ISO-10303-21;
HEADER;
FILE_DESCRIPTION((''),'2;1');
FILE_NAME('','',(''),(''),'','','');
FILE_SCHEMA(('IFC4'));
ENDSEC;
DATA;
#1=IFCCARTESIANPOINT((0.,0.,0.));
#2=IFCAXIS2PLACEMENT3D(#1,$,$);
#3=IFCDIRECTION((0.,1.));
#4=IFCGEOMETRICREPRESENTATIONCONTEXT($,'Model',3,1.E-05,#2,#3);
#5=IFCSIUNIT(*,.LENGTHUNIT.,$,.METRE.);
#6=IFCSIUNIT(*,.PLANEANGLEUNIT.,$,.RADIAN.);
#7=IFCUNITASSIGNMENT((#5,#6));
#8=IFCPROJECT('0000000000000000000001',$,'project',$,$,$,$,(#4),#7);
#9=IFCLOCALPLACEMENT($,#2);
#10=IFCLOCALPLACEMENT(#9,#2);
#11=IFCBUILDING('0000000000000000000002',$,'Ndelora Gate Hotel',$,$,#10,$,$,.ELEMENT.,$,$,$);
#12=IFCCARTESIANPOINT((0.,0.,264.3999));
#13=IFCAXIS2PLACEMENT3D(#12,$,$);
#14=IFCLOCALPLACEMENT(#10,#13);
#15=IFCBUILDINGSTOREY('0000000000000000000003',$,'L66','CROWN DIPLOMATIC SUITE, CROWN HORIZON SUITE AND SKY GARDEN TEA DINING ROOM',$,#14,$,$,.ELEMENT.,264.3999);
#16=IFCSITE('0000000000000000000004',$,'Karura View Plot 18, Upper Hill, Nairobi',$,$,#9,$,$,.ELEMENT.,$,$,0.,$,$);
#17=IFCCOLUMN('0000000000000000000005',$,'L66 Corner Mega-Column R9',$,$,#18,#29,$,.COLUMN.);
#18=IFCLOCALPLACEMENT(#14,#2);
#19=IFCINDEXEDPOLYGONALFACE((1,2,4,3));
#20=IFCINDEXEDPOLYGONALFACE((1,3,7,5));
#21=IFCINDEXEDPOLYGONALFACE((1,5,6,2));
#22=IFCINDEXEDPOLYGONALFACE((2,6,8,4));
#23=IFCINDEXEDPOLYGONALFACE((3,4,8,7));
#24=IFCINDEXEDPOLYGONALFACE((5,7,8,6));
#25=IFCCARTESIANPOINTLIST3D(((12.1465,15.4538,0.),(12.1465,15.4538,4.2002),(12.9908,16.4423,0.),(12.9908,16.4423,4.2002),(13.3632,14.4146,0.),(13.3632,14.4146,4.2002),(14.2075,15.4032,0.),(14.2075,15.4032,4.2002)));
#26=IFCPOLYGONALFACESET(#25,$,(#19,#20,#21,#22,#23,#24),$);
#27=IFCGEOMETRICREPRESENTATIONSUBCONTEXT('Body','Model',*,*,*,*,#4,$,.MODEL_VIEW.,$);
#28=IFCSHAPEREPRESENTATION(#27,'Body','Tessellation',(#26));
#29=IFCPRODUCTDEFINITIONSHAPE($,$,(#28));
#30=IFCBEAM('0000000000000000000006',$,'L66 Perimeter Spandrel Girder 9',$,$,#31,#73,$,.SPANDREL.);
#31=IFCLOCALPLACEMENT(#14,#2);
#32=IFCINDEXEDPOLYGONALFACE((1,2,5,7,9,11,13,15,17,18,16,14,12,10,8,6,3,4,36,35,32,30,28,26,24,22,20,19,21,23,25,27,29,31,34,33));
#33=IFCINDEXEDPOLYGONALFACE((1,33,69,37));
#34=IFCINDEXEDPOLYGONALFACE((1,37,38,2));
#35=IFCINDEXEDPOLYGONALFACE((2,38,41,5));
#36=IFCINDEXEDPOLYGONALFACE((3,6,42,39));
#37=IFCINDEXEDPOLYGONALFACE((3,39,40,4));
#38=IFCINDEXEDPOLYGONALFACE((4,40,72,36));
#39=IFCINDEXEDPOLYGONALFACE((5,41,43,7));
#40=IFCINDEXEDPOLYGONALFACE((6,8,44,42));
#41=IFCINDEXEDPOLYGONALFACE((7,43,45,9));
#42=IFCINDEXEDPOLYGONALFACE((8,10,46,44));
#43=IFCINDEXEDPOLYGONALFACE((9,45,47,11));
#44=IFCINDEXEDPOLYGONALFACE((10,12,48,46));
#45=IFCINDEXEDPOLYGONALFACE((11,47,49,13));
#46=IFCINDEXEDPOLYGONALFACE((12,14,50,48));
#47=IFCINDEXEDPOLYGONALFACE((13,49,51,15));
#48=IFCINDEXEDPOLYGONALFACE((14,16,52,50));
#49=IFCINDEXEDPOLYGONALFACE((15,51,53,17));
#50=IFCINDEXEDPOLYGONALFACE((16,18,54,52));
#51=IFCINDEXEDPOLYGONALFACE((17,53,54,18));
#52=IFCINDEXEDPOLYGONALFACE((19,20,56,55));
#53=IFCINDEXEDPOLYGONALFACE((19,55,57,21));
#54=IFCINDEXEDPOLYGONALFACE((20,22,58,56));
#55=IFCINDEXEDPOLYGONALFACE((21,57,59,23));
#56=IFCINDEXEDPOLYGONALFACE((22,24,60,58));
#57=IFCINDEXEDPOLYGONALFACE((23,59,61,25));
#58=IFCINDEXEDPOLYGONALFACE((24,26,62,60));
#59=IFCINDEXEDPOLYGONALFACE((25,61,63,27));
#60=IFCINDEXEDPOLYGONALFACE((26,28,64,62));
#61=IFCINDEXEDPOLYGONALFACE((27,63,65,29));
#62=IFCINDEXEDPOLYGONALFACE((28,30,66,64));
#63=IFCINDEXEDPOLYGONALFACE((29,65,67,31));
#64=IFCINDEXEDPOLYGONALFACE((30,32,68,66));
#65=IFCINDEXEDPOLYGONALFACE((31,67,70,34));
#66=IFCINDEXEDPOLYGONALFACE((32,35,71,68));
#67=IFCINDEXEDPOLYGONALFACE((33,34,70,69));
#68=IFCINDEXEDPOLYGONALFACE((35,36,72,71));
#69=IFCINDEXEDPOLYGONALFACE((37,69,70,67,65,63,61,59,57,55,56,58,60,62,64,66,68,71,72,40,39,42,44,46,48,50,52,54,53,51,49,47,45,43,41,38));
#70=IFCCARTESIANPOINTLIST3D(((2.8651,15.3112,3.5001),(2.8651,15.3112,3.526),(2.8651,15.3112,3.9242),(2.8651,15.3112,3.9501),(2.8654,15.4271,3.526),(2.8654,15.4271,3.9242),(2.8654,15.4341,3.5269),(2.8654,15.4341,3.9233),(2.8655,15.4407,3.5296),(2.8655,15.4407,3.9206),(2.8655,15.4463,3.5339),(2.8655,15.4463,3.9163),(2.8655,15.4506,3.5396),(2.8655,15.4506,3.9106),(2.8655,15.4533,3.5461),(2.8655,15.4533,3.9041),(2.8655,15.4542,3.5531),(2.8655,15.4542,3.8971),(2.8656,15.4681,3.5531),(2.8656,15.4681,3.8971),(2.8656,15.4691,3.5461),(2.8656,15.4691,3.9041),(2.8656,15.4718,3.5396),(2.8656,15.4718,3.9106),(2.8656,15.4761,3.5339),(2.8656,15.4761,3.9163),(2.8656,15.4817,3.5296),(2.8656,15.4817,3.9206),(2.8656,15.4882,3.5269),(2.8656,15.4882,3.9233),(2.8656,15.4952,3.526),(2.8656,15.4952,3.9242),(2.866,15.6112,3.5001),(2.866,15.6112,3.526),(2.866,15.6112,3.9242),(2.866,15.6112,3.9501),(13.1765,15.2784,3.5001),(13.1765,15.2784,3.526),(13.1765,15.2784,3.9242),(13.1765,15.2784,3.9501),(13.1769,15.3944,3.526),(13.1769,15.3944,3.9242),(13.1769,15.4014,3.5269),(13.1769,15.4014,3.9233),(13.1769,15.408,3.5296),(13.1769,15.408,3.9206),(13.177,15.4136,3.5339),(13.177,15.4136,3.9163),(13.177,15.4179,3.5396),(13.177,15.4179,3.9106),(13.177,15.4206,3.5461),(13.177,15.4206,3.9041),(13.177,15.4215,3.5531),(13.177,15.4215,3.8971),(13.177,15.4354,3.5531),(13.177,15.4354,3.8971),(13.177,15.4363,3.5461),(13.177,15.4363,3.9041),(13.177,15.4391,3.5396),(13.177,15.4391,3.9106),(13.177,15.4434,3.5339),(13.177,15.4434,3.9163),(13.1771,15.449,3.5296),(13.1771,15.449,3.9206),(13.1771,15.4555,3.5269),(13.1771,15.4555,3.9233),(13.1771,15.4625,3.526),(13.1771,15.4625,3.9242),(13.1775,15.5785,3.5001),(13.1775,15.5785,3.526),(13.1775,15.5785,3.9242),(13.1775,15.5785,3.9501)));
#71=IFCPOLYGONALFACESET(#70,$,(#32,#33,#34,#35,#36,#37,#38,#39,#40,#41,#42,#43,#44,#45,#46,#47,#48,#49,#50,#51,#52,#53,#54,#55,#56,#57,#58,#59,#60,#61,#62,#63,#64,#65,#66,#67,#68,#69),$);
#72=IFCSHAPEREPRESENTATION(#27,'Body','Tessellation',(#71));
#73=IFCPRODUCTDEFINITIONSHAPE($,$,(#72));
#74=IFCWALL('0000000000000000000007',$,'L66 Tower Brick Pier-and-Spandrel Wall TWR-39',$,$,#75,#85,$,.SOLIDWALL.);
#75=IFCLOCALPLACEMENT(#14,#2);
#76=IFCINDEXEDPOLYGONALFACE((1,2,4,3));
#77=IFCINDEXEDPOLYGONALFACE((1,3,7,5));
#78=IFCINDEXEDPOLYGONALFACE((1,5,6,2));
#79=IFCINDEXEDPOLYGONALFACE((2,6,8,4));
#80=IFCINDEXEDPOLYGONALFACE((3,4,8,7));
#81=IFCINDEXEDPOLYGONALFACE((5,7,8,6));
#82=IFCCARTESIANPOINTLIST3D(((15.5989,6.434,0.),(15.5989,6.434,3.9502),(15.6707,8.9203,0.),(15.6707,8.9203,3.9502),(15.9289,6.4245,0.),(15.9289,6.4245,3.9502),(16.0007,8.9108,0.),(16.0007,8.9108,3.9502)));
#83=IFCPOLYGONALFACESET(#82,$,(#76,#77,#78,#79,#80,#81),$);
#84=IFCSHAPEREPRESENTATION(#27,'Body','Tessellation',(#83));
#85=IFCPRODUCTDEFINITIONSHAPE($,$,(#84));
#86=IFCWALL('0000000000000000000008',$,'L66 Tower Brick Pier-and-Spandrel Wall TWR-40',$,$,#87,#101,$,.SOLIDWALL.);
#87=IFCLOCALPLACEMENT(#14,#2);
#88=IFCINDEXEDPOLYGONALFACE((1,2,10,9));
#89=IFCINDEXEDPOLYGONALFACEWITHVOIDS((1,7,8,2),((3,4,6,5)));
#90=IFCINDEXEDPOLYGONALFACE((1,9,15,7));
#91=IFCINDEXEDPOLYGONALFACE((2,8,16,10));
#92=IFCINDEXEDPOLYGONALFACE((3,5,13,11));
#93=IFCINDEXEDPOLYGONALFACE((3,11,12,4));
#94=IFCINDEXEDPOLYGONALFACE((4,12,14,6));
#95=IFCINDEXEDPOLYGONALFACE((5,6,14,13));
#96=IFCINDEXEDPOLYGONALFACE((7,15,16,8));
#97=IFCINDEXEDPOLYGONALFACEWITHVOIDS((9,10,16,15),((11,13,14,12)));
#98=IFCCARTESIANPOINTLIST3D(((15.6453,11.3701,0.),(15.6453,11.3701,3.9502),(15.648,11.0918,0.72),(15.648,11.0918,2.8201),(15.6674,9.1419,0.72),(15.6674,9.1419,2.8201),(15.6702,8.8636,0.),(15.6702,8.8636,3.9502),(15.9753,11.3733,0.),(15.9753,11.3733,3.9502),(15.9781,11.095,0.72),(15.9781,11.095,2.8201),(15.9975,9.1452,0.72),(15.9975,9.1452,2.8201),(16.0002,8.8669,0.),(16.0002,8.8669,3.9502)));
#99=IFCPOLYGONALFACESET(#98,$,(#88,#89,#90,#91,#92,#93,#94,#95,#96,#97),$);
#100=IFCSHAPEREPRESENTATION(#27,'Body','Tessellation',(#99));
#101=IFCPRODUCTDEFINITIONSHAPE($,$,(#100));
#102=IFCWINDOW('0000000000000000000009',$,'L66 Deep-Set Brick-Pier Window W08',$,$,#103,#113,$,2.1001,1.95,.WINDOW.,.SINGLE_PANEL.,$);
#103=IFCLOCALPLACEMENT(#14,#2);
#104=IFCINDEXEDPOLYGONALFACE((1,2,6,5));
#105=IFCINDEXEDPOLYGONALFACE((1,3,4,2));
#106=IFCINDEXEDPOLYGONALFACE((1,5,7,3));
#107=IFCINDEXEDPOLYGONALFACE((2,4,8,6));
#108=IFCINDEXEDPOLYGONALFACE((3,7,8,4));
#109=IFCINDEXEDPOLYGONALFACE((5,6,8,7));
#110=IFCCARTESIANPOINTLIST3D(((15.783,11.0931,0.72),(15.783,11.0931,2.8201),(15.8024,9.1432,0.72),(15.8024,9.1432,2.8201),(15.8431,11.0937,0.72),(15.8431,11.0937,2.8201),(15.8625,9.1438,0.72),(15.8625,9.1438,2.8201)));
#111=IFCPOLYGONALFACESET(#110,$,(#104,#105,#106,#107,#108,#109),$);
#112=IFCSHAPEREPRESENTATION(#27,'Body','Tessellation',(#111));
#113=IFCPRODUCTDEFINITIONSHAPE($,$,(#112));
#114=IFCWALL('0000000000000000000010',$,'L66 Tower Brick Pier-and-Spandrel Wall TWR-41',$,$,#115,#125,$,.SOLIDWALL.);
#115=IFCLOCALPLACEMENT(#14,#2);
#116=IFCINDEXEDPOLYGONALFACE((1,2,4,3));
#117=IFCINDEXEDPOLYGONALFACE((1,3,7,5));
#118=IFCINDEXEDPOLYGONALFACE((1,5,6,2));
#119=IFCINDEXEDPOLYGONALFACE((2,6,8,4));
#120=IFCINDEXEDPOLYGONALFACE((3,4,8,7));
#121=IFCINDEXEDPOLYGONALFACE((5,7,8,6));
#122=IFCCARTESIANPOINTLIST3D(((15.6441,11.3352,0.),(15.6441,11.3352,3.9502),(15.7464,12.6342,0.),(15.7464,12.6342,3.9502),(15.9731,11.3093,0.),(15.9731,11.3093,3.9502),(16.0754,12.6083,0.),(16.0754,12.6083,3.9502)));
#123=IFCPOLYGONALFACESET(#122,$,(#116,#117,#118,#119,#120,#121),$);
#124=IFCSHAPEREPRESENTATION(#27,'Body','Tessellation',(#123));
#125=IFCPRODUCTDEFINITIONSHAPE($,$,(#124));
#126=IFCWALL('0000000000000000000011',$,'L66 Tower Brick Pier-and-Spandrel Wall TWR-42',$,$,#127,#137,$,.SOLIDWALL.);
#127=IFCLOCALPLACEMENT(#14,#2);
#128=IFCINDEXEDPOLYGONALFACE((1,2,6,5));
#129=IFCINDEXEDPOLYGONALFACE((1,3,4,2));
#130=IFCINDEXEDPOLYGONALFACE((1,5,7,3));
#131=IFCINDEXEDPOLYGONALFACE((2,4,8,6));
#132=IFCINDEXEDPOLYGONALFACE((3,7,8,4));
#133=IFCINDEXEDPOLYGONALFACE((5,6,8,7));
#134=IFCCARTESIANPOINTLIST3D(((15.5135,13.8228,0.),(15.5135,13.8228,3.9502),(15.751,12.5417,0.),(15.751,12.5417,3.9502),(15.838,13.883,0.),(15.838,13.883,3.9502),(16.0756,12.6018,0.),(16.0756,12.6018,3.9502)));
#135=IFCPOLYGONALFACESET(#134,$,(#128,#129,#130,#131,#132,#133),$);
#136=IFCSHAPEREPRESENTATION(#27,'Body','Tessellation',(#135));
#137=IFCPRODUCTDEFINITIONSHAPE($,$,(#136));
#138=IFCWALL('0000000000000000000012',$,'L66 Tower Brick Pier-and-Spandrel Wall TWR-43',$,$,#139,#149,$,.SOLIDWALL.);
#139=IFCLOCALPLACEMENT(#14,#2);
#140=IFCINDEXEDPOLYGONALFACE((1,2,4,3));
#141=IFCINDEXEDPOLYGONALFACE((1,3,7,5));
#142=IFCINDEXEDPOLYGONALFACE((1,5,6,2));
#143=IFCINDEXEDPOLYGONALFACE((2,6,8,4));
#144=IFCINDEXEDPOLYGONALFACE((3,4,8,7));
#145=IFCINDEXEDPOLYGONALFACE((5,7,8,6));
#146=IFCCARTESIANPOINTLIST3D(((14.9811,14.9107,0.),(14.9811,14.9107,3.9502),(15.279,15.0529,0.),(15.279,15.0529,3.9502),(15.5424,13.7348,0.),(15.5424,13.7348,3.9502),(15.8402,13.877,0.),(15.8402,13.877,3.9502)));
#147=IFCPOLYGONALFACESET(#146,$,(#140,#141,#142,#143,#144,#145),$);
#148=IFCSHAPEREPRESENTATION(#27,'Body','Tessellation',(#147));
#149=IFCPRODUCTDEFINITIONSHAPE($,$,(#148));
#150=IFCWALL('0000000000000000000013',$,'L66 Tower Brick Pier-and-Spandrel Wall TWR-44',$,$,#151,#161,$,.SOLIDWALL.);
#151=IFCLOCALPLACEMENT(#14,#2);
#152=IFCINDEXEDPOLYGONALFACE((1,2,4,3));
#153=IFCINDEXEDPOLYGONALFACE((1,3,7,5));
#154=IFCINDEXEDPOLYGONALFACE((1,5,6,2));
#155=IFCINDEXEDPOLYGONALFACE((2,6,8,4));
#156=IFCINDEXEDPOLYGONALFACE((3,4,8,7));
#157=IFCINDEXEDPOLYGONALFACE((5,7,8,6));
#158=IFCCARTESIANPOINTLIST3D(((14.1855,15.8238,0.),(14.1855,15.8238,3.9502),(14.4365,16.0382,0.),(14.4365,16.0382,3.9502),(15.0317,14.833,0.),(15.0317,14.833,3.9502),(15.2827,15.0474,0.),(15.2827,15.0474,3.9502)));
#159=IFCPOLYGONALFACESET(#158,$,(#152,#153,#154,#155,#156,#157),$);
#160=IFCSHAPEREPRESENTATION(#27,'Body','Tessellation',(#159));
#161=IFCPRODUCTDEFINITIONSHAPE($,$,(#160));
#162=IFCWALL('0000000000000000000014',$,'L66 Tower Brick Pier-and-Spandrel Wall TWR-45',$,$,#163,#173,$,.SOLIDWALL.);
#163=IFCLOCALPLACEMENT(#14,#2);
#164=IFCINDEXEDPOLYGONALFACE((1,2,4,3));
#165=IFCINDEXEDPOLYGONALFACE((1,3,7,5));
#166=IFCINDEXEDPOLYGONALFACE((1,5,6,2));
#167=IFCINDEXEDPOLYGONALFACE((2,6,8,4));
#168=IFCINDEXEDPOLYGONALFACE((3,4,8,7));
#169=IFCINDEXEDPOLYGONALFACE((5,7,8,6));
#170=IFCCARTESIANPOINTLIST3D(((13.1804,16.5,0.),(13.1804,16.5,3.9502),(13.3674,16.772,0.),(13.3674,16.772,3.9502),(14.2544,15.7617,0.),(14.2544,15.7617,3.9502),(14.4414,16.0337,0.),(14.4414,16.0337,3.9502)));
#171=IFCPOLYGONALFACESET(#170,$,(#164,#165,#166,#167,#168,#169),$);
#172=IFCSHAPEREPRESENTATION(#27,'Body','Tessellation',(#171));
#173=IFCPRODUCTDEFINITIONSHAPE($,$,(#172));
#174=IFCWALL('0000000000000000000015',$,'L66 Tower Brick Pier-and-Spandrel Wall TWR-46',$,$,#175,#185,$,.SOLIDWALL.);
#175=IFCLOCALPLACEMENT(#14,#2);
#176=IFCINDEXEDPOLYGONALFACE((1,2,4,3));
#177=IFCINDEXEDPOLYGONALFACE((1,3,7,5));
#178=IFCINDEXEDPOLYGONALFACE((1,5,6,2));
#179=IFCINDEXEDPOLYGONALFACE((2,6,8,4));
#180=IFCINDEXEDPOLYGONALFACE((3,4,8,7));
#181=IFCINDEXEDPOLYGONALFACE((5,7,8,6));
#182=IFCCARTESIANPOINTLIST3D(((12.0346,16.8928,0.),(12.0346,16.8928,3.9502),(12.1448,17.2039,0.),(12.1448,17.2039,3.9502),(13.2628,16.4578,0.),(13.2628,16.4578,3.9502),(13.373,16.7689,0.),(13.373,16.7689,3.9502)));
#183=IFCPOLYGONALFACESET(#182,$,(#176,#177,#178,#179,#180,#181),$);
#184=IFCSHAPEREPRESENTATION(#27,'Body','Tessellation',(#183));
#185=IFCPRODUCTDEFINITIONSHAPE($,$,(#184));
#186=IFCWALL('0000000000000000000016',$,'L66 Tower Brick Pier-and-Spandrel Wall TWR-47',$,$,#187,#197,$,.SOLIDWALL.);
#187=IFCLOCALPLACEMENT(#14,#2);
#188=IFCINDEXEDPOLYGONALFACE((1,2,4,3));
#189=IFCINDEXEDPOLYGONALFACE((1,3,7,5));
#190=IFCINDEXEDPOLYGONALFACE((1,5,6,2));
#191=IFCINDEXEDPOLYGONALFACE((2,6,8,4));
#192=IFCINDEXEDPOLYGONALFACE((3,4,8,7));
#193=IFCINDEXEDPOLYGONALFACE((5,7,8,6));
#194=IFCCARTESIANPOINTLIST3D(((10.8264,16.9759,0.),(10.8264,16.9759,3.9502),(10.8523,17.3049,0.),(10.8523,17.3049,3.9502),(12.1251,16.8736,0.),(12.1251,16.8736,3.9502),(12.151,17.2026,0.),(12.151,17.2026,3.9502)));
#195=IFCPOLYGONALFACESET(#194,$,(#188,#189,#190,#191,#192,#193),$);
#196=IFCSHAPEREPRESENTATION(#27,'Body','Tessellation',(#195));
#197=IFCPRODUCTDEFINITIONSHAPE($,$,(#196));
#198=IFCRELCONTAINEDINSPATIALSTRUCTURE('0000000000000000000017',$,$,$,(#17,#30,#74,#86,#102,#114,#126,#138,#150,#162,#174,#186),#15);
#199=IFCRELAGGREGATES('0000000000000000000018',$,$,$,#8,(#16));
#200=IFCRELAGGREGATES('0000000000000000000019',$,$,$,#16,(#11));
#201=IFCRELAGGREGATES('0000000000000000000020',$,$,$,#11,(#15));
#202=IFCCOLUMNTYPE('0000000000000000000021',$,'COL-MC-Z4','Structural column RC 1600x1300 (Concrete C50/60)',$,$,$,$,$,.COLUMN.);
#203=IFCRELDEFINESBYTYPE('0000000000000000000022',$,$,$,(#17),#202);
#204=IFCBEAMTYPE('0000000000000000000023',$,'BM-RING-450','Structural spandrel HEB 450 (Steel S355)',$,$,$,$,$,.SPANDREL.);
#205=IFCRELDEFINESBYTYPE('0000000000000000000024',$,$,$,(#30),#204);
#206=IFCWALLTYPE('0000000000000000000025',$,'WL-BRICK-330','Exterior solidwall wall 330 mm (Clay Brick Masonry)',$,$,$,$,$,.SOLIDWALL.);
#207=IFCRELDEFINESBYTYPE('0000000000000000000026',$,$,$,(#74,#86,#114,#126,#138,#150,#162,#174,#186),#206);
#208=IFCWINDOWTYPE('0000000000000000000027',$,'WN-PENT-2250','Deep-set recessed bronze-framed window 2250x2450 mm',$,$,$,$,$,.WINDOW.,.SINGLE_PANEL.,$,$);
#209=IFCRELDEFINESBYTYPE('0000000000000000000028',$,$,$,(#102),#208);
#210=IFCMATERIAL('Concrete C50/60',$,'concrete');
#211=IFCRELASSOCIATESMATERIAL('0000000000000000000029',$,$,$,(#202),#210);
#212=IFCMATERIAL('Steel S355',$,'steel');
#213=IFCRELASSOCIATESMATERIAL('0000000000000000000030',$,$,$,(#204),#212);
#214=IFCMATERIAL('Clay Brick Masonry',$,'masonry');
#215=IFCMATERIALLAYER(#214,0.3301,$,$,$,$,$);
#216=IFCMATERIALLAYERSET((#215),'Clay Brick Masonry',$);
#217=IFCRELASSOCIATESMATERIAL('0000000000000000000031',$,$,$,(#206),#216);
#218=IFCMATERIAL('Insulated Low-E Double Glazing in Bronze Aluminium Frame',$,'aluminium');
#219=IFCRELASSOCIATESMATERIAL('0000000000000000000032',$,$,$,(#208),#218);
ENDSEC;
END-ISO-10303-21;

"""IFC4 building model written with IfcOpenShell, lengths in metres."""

from ifc_helpers import new_model, si_unit, direction, frame, frame_2d, origin, origin_2d, place, context, subcontext, project, spatial, rectangle, i_section, extrude, material, layer, layer_set, material_profile, profile_set, type_object, element, fill, save


model = new_model("IFC4")

# Units and contexts
model_context = context("Model", 3, precision=1e-05, world=origin(), true_north=direction((0.0, 1.0)))
body_context = subcontext(model_context, "Body", "Model", "MODEL_VIEW")
ifc_project = project(units=[si_unit("LENGTHUNIT", "METRE"), si_unit("PLANEANGLEUNIT", "RADIAN")], contexts=[model_context])

# Site, building, storey
site_placement = place(None, origin())
site = spatial("IfcSite", under=ifc_project, at=site_placement, Name="Karura View Plot 18, Upper Hill, Nairobi", CompositionType="ELEMENT", RefElevation=0.0)
building_placement = place(site_placement, origin())
building = spatial("IfcBuilding", under=site, at=building_placement, Name="Ndelora Gate Hotel", CompositionType="ELEMENT")
storey_placement = place(building_placement, frame((0.0, 0.0, 264.3999)))
storey = spatial("IfcBuildingStorey", under=building, at=storey_placement, Name="L66", Description="CROWN DIPLOMATIC SUITE, CROWN HORIZON SUITE AND SKY GARDEN TEA DINING ROOM", CompositionType="ELEMENT", Elevation=264.3999)

# Column
ifc_material_1 = material(Name="Concrete C50/60", Category="concrete")
ifc_material_profile_1 = material_profile(ifc_material_1, rectangle(XDim=1.3, YDim=1.6001, at=origin_2d()), Name="RC 1600x1300")
ifc_profile_set_1 = profile_set([ifc_material_profile_1], Name="Concrete C50/60")
column_type = type_object("IfcColumnType", Name="COL-MC-Z4", Description="Structural column RC 1600x1300 (Concrete C50/60)", PredefinedType="COLUMN", material=ifc_profile_set_1)
column_placement = place(storey_placement, frame((13.177, 15.4285, 0.0), z_axis=(0.0, 0.0, 1.0), x_axis=(0.649448, 0.760406, 0.0)))
element("IfcColumn", 1, at=column_placement, inside=storey, type_object=column_type, Name="L66 Corner Mega-Column R9", PredefinedType="COLUMN", context=body_context, shape_type="SweptSolid", body=[
    extrude(rectangle(XDim=1.3, YDim=1.6001, at=origin_2d()), origin(), (0.0, 0.0, 1.0), 4.2002),
])

# Beam
ifc_material_2 = material(Name="Steel S355", Category="steel")
ifc_material_profile_2 = material_profile(ifc_material_2, i_section(OverallWidth=0.3, OverallDepth=0.45, WebThickness=0.0139, FlangeThickness=0.0259, FilletRadius=0.0271, at=origin_2d()), Name="HEB 450")
ifc_profile_set_2 = profile_set([ifc_material_profile_2], Name="Steel S355")
beam_type = type_object("IfcBeamType", Name="BM-RING-450", Description="Structural spandrel HEB 450 (Steel S355)", PredefinedType="SPANDREL", material=ifc_profile_set_2)
beam_placement = place(storey_placement, frame((13.177, 15.4285, 3.7251), z_axis=(-0.999995, 0.003173, 0.0), x_axis=(-0.003173, -0.999995, 0.0)))
element("IfcBeam", 2, at=beam_placement, inside=storey, type_object=beam_type, Name="L66 Perimeter Spandrel Girder 9", PredefinedType="SPANDREL", context=body_context, shape_type="SweptSolid", body=[
    extrude(i_section(OverallWidth=0.3, OverallDepth=0.45, WebThickness=0.0139, FlangeThickness=0.0259, FilletRadius=0.0271, at=origin_2d()), origin(), (0.0, 0.0, 1.0), 10.3115),
])

# Wall
ifc_material_3 = material(Name="Clay Brick Masonry", Category="masonry")
ifc_layer_1 = layer(ifc_material_3, 0.3301)
ifc_layer_set_1 = layer_set([ifc_layer_1], Name="Clay Brick Masonry")
wall_type_1 = type_object("IfcWallType", Name="WL-BRICK-330", Description="Exterior solidwall wall 330 mm (Clay Brick Masonry)", PredefinedType="SOLIDWALL", material=ifc_layer_set_1)
wall_1_placement = place(storey_placement, frame((15.8357, 8.9155, 0.0), z_axis=(0.0, 0.0, 1.0), x_axis=(-0.028857, -0.999584, 0.0)))
element("IfcWall", 3, at=wall_1_placement, inside=storey, type_object=wall_type_1, Name="L66 Tower Brick Pier-and-Spandrel Wall TWR-39", PredefinedType="SOLIDWALL", context=body_context, shape_type="SweptSolid", body=[
    extrude(rectangle(XDim=2.4873, YDim=0.3301, at=frame_2d((1.2437, 0.0))), origin(), (0.0, 0.0, 1.0), 3.9502),
])

# Wall, opening, window
wall_2_placement = place(storey_placement, frame((15.8103, 11.3718, 0.0), z_axis=(0.0, 0.0, 1.0), x_axis=(0.009935, -0.999951, 0.0)))
wall_2 = element("IfcWall", 4, at=wall_2_placement, inside=storey, type_object=wall_type_1, Name="L66 Tower Brick Pier-and-Spandrel Wall TWR-40", PredefinedType="SOLIDWALL", context=body_context, shape_type="SweptSolid", body=[
    extrude(rectangle(XDim=2.5066, YDim=0.3301, at=frame_2d((1.2534, 0.0))), origin(), (0.0, 0.0, 1.0), 3.9502),
])
opening_1_placement = place(wall_2_placement, frame((0.2783, 0.0, 0.72)))
opening_1 = element("IfcOpeningElement", 5, at=opening_1_placement, cuts=wall_2, PredefinedType="OPENING", context=body_context, shape_type="SweptSolid", body=[
    extrude(rectangle(XDim=1.95, YDim=2.1001, at=frame_2d((0.9751, 1.05))), frame((0.0, 0.175, 0.0), z_axis=(0.0, -1.0, 0.0), x_axis=(1.0, 0.0, 0.0)), (0.0, 0.0, 1.0), 0.3501),
])
ifc_material_4 = material(Name="Insulated Low-E Double Glazing in Bronze Aluminium Frame", Category="aluminium")
window_type = type_object("IfcWindowType", Name="WN-PENT-2250", Description="Deep-set recessed bronze-framed window 2250x2450 mm", PartitioningType="SINGLE_PANEL", PredefinedType="WINDOW", material=ifc_material_4)
window_placement = place(opening_1_placement, origin())
window = element("IfcWindow", 6, at=window_placement, inside=storey, type_object=window_type, Name="L66 Deep-Set Brick-Pier Window W08", OverallHeight=2.1001, OverallWidth=1.95, PartitioningType="SINGLE_PANEL", PredefinedType="WINDOW", context=body_context, shape_type="SweptSolid", body=[
    extrude(rectangle(XDim=1.95, YDim=2.1001, at=frame_2d((0.9751, 1.05))), frame((0.0, 0.03, 0.0), z_axis=(0.0, -1.0, 0.0), x_axis=(1.0, 0.0, 0.0)), (0.0, 0.0, 1.0), 0.0601),
])
fill(opening_1, window)

# Walls
for number, where, z_axis, x_axis, name in (
    (7, (15.9109, 12.6211, 0.0), (0.0, 0.0, 1.0), (-0.078502, -0.996914, 0.0), "L66 Tower Brick Pier-and-Spandrel Wall TWR-41"),
    (8, (15.6758, 13.8528, 0.0), (0.0, 0.0, 1.0), (0.182297, -0.983243, 0.0), "L66 Tower Brick Pier-and-Spandrel Wall TWR-42"),
    (9, (15.1301, 14.9817, 0.0), (0.0, 0.0, 1.0), (0.430726, -0.902483, 0.0), "L66 Tower Brick Pier-and-Spandrel Wall TWR-43"),
    (10, (14.311, 15.9309, 0.0), (0.0, 0.0, 1.0), (0.649463, -0.760393, 0.0), "L66 Tower Brick Pier-and-Spandrel Wall TWR-44"),
):
    element("IfcWall", number, at=place(storey_placement, frame(where, z_axis=z_axis, x_axis=x_axis)), inside=storey, type_object=wall_type_1, Name=name, PredefinedType="SOLIDWALL", context=body_context, shape_type="SweptSolid", body=[
        extrude(rectangle(XDim=1.303, YDim=0.3301, at=frame_2d((0.6514, 0.0))), origin(), (0.0, 0.0, 1.0), 3.9502),
    ])
wall_3_placement = place(storey_placement, frame((13.2739, 16.636, 0.0), z_axis=(0.0, 0.0, 1.0), x_axis=(0.824069, -0.566489, 0.0)))
element("IfcWall", 11, at=wall_3_placement, inside=storey, type_object=wall_type_1, Name="L66 Tower Brick Pier-and-Spandrel Wall TWR-45", PredefinedType="SOLIDWALL", context=body_context, shape_type="SweptSolid", body=[
    extrude(rectangle(XDim=1.3032, YDim=0.3301, at=frame_2d((0.6516, 0.0))), origin(), (0.0, 0.0, 1.0), 3.9502),
])
wall_4_placement = place(storey_placement, frame((12.0898, 17.0483, 0.0), z_axis=(0.0, 0.0, 1.0), x_axis=(0.942616, -0.333878, 0.0)))
element("IfcWall", 12, at=wall_4_placement, inside=storey, type_object=wall_type_1, Name="L66 Tower Brick Pier-and-Spandrel Wall TWR-46", PredefinedType="SOLIDWALL", context=body_context, shape_type="SweptSolid", body=[
    extrude(rectangle(XDim=1.303, YDim=0.3301, at=frame_2d((0.6514, 0.0))), origin(), (0.0, 0.0, 1.0), 3.9502),
])
wall_5_placement = place(storey_placement, frame((10.8394, 17.1404, 0.0), z_axis=(0.0, 0.0, 1.0), x_axis=(0.996913, -0.078516, 0.0)))
element("IfcWall", 13, at=wall_5_placement, inside=storey, type_object=wall_type_1, Name="L66 Tower Brick Pier-and-Spandrel Wall TWR-47", PredefinedType="SOLIDWALL", context=body_context, shape_type="SweptSolid", body=[
    extrude(rectangle(XDim=1.3027, YDim=0.3301, at=frame_2d((0.6514, 0.0))), origin(), (0.0, 0.0, 1.0), 3.9502),
])

save(model, "model.ifc")
